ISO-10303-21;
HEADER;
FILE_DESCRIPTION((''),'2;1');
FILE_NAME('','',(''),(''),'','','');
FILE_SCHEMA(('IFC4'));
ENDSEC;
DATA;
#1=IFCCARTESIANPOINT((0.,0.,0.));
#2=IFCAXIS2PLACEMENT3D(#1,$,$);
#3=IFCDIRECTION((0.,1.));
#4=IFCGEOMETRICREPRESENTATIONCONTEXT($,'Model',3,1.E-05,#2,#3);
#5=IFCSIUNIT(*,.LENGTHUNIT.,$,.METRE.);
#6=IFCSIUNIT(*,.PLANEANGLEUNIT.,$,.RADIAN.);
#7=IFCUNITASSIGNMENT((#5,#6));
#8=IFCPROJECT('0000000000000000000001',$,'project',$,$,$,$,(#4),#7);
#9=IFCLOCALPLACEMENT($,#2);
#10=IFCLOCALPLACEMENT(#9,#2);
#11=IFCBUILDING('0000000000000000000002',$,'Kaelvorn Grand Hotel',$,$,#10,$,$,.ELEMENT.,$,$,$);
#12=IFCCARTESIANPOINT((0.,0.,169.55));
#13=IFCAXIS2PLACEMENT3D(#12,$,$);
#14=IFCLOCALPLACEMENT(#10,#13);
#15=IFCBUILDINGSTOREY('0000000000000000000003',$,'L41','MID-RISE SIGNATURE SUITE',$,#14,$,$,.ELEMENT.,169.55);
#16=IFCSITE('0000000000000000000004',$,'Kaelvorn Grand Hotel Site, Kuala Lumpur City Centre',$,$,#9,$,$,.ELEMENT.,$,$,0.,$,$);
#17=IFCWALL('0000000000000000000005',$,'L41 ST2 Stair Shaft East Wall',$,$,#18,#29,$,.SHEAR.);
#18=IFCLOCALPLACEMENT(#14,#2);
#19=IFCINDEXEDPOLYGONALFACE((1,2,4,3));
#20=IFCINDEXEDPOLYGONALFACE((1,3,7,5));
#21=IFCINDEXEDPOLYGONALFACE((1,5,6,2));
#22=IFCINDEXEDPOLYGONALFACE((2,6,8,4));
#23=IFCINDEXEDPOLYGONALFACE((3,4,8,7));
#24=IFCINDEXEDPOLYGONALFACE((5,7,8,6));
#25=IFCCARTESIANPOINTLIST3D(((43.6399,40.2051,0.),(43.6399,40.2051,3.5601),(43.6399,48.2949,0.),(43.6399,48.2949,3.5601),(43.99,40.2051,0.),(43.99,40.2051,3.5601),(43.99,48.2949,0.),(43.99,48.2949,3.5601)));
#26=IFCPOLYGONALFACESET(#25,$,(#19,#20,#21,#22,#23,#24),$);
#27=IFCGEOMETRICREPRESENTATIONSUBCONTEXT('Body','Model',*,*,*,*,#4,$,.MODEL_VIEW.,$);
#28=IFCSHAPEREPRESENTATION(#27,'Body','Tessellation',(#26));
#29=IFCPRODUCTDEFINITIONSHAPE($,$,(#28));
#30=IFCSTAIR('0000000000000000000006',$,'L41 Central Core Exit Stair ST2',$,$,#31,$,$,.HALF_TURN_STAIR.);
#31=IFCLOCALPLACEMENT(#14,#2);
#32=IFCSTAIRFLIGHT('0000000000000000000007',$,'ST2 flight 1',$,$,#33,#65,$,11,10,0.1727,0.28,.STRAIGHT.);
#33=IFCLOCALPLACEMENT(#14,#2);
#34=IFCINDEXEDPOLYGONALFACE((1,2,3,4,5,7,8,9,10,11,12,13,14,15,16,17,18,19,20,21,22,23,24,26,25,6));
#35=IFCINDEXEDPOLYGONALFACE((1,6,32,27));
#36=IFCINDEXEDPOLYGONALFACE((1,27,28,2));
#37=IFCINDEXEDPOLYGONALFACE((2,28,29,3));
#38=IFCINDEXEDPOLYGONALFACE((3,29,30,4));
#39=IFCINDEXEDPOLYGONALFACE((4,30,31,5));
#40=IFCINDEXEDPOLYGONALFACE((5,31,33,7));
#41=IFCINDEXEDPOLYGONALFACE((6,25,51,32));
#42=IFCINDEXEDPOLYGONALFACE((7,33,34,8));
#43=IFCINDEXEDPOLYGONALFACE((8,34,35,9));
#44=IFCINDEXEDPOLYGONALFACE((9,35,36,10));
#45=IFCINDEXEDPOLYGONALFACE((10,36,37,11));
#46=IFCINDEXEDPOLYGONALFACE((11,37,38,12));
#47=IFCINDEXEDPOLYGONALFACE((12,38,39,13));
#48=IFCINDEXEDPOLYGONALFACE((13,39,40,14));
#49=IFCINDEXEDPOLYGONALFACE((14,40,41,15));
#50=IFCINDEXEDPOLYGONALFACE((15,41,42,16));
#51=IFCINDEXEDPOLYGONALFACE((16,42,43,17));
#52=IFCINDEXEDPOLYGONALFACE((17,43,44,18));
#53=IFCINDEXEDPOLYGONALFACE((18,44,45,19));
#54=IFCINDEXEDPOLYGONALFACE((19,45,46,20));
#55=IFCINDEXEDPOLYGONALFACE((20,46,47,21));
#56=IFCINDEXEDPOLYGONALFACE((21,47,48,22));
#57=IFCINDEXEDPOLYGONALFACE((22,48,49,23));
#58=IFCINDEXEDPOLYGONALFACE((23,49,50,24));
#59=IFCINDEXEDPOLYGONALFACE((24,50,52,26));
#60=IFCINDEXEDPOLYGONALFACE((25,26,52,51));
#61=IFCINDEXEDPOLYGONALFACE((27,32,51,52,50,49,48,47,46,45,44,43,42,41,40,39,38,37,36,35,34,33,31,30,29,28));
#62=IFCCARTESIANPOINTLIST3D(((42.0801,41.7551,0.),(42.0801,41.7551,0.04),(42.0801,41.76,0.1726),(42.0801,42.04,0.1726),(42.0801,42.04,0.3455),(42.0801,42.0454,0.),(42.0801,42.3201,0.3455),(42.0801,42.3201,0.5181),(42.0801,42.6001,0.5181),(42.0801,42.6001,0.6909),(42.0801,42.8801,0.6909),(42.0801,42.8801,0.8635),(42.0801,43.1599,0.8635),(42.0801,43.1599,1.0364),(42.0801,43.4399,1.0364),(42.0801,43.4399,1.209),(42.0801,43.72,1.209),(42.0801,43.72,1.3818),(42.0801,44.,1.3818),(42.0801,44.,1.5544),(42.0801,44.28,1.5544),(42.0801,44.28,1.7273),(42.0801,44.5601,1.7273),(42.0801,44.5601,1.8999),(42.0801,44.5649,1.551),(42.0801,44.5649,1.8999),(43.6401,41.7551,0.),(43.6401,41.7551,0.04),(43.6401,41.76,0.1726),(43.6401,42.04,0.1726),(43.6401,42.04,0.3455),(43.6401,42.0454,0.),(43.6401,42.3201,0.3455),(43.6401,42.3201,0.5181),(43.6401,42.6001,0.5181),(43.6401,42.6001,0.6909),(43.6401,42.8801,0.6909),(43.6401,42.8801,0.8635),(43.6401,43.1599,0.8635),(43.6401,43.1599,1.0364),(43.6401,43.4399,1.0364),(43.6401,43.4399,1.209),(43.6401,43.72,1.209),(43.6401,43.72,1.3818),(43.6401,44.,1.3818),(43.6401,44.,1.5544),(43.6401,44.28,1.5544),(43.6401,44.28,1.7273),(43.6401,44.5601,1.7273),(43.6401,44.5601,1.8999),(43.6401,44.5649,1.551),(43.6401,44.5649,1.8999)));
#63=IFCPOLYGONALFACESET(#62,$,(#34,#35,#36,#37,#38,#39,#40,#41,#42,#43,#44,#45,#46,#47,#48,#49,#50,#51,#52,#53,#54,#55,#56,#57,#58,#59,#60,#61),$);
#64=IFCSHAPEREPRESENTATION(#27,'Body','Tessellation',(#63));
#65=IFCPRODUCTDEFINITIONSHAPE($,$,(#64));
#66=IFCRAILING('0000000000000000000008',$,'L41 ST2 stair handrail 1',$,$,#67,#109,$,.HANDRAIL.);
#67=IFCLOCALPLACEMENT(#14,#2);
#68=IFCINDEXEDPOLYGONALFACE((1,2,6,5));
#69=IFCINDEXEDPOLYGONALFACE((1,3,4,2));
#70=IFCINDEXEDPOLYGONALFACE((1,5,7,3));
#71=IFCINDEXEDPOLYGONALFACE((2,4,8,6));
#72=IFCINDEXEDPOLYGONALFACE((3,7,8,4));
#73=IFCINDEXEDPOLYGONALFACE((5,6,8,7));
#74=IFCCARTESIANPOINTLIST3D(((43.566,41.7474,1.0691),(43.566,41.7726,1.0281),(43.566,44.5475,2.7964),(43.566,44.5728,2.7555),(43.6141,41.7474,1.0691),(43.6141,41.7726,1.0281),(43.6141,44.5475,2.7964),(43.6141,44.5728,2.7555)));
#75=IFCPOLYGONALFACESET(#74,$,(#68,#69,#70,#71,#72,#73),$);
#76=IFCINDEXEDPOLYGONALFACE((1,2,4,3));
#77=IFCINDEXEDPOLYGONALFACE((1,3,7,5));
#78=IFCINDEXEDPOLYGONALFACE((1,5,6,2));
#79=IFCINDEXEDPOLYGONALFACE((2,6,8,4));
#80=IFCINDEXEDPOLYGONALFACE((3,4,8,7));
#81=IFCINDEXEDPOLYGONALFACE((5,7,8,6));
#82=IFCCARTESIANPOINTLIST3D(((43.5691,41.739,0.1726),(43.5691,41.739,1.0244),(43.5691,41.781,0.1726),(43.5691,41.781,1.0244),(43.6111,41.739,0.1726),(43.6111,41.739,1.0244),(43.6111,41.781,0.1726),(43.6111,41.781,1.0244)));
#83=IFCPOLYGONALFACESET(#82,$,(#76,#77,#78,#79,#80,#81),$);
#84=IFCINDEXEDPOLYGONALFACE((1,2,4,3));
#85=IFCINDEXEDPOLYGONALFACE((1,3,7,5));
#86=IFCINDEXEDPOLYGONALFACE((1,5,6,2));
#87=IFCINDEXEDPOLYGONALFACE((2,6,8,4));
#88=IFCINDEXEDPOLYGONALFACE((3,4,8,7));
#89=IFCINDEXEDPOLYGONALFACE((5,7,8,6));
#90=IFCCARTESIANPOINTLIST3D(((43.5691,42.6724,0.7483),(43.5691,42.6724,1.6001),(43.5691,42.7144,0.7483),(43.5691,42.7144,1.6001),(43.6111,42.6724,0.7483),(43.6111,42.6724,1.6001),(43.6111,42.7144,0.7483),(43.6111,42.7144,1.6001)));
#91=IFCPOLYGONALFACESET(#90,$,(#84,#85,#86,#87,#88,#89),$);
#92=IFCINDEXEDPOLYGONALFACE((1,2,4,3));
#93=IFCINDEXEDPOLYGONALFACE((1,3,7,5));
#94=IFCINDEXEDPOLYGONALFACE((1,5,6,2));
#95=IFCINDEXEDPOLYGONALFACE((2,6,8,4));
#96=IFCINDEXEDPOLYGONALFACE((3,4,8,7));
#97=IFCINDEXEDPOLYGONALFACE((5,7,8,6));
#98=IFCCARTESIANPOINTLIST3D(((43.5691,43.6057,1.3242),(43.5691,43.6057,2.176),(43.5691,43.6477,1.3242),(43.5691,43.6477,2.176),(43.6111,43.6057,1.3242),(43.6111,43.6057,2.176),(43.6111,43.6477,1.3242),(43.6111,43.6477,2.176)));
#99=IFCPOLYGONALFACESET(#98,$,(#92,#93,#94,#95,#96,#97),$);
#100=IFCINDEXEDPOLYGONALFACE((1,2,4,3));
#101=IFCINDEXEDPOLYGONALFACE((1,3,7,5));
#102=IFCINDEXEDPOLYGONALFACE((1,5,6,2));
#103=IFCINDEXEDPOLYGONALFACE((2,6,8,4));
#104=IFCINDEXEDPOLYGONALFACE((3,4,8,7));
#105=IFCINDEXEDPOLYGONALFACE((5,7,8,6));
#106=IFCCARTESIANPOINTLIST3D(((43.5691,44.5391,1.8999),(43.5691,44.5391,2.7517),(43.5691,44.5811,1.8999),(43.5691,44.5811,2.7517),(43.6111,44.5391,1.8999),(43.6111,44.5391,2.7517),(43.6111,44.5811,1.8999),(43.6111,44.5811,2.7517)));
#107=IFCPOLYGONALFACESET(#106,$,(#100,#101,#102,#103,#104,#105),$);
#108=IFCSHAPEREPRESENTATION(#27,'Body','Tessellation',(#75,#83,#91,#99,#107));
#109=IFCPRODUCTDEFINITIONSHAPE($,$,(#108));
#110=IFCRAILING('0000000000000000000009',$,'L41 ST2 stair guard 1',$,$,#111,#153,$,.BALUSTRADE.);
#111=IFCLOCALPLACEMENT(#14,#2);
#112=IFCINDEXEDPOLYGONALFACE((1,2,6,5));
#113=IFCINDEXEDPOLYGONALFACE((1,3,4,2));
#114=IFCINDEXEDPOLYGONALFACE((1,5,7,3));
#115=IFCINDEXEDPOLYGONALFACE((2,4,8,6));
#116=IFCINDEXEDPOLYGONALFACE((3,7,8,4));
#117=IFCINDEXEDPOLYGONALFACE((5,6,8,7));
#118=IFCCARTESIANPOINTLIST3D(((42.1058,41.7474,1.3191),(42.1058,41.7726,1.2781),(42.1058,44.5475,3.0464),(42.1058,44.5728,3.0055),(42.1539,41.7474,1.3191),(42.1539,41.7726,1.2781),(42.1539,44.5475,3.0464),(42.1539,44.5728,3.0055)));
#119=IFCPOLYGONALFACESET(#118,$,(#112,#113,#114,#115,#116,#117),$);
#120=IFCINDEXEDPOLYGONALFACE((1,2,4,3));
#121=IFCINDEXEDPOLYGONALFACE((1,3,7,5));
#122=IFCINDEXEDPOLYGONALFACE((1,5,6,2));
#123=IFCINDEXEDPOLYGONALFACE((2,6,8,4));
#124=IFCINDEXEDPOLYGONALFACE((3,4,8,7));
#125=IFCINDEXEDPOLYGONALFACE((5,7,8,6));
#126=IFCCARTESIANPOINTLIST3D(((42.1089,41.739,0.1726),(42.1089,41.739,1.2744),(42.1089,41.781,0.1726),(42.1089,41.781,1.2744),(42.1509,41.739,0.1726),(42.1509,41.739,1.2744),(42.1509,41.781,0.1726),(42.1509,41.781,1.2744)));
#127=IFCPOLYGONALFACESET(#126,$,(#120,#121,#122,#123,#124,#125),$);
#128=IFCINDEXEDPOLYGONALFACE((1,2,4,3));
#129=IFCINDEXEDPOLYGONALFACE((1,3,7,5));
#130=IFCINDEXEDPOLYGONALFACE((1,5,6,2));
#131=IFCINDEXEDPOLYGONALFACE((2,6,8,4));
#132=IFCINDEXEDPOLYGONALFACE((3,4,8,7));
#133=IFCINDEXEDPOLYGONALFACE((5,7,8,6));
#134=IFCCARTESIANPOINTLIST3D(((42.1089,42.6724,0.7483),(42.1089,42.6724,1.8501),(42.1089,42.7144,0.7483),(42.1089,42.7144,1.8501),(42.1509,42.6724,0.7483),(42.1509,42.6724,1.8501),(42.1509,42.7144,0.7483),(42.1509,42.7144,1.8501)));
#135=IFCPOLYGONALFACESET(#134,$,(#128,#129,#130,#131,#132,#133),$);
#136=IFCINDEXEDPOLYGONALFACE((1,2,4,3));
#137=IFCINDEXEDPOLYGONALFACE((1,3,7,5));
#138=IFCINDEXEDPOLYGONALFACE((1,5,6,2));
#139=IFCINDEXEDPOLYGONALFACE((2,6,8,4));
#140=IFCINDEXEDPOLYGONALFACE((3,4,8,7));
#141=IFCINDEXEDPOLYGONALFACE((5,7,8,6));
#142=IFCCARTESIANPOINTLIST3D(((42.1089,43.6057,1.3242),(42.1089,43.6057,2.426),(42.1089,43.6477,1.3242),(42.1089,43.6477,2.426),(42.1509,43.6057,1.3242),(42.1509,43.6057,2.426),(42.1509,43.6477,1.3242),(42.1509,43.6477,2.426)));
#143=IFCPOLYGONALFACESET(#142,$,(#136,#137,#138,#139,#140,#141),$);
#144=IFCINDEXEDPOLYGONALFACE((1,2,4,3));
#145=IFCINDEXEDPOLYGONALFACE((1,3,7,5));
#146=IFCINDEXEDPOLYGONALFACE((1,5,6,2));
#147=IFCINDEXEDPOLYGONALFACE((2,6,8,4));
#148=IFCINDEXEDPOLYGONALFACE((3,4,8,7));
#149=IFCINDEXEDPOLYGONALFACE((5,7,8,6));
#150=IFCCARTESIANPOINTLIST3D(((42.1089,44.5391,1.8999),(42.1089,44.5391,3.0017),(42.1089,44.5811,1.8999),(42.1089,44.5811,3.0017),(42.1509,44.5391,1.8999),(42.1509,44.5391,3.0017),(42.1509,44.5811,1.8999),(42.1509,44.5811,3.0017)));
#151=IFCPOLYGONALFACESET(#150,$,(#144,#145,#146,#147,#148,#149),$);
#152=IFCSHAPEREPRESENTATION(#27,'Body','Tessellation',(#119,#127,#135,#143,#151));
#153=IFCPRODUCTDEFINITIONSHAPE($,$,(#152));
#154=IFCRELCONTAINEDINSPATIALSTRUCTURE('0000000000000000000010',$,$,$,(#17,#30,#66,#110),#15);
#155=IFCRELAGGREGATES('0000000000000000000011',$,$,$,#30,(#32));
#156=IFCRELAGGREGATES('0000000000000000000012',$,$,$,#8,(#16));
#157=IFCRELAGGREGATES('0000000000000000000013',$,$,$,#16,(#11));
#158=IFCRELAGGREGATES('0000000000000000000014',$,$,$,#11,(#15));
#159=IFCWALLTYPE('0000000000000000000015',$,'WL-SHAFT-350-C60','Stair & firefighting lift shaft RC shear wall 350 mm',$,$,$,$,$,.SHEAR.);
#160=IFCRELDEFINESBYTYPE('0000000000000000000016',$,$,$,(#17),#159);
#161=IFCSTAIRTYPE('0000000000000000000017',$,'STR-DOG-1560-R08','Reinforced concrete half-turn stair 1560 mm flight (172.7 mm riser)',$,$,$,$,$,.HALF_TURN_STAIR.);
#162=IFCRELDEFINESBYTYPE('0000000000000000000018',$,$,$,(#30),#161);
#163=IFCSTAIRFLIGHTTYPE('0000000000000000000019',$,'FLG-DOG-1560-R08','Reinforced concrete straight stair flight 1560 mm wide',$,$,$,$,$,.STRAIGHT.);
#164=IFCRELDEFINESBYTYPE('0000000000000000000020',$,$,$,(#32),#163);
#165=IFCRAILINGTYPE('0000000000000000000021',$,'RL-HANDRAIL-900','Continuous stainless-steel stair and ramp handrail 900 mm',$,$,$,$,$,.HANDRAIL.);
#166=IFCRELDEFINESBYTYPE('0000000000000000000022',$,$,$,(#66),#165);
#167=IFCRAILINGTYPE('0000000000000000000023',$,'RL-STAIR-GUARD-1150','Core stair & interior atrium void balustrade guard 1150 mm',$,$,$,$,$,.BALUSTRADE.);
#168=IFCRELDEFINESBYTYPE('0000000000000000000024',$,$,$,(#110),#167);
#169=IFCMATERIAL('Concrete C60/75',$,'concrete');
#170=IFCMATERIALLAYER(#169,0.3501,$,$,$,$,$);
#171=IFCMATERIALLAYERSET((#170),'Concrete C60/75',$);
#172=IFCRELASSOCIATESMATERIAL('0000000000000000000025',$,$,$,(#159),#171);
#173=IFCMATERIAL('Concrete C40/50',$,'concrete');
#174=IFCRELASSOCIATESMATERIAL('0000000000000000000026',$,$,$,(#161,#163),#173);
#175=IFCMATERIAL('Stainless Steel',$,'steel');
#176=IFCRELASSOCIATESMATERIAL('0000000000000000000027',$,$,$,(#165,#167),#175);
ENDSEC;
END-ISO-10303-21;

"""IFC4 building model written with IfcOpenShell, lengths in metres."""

from ifc_helpers import new_model, si_unit, direction, frame, frame_2d, origin, origin_2d, place, context, subcontext, project, spatial, polyline, rectangle, outline, extrude, material, layer, layer_set, type_object, element, aggregate, save


model = new_model("IFC4")

# Units and contexts
model_context = context("Model", 3, precision=1e-05, world=origin(), true_north=direction((0.0, 1.0)))
body_context = subcontext(model_context, "Body", "Model", "MODEL_VIEW")
ifc_project = project(units=[si_unit("LENGTHUNIT", "METRE"), si_unit("PLANEANGLEUNIT", "RADIAN")], contexts=[model_context])

# Site, building, storey
site_placement = place(None, origin())
site = spatial("IfcSite", under=ifc_project, at=site_placement, Name="Kaelvorn Grand Hotel Site, Kuala Lumpur City Centre", CompositionType="ELEMENT", RefElevation=0.0)
building_placement = place(site_placement, origin())
building = spatial("IfcBuilding", under=site, at=building_placement, Name="Kaelvorn Grand Hotel", CompositionType="ELEMENT")
storey_placement = place(building_placement, frame((0.0, 0.0, 169.55)))
storey = spatial("IfcBuildingStorey", under=building, at=storey_placement, Name="L41", Description="MID-RISE SIGNATURE SUITE", CompositionType="ELEMENT", Elevation=169.55)

# Shared definitions
ifc_material_1 = material(Name="Concrete C60/75", Category="concrete")

# Shared definitions
ifc_material_2 = material(Name="Concrete C40/50", Category="concrete")

# Shared definitions
ifc_material_3 = material(Name="Stainless Steel", Category="steel")

# Wall
ifc_layer_1 = layer(ifc_material_1, 0.3501)
ifc_layer_set_1 = layer_set([ifc_layer_1], Name="Concrete C60/75")
wall_type_1 = type_object("IfcWallType", Name="WL-SHAFT-350-C60", Description="Stair & firefighting lift shaft RC shear wall 350 mm", PredefinedType="SHEAR", material=ifc_layer_set_1)
wall_1_placement = place(storey_placement, frame((43.8149, 40.2051, 0.0), z_axis=(0.0, 0.0, 1.0), x_axis=(0.0, 1.0, 0.0)))
element("IfcWall", 1, at=wall_1_placement, inside=storey, type_object=wall_type_1, Name="L41 ST2 Stair Shaft East Wall", PredefinedType="SHEAR", context=body_context, shape_type="SweptSolid", body=[
    extrude(rectangle(XDim=8.0898, YDim=0.3501, at=frame_2d((4.0449, 0.0))), origin(), (0.0, 0.0, 1.0), 3.5601),
])

# Stair, stair flight
stair_type = type_object("IfcStairType", Name="STR-DOG-1560-R08", Description="Reinforced concrete half-turn stair 1560 mm flight (172.7 mm riser)", PredefinedType="HALF_TURN_STAIR", material=ifc_material_2)
stair_placement = place(storey_placement, origin())
stair = element("IfcStair", 2, at=stair_placement, inside=storey, type_object=stair_type, Name="L41 Central Core Exit Stair ST2", PredefinedType="HALF_TURN_STAIR")
stair_flight_type = type_object("IfcStairFlightType", Name="FLG-DOG-1560-R08", Description="Reinforced concrete straight stair flight 1560 mm wide", PredefinedType="STRAIGHT", material=ifc_material_2)
stair_flight_placement = place(storey_placement, frame((42.8601, 41.76, 0.0), z_axis=(0.0, 0.0, 1.0), x_axis=(0.0, 1.0, 0.0)))
stair_flight = element("IfcStairFlight", 3, at=stair_flight_placement, type_object=stair_flight_type, Name="ST2 flight 1", NumberOfRisers=11, NumberOfTreads=10, PredefinedType="STRAIGHT", RiserHeight=0.1727, TreadLength=0.28, context=body_context, shape_type="SweptSolid", body=[
    extrude(outline(polyline([(-0.0049, 0.0), (-0.0049, 0.04), (0.0, 0.1726), (0.28, 0.1726), (0.28, 0.3455), (0.5601, 0.3455), (0.5601, 0.5181), (0.8401, 0.5181), (0.8401, 0.6909), (1.1201, 0.6909), (1.1201, 0.8635), (1.3999, 0.8635), (1.3999, 1.0364), (1.6799, 1.0364), (1.6799, 1.209), (1.96, 1.209), (1.96, 1.3818), (2.24, 1.3818), (2.24, 1.5544), (2.52, 1.5544), (2.52, 1.7273), (2.8, 1.7273), (2.8, 1.8999), (2.8049, 1.8999), (2.8049, 1.551), (0.2854, 0.0), (-0.0049, 0.0)])), frame((0.0, 0.78, 0.0), z_axis=(0.0, -1.0, 0.0), x_axis=(1.0, 0.0, 0.0)), (0.0, 0.0, 1.0), 1.5601),
])
aggregate(stair, [stair_flight])

# Railings
railing_type_1 = type_object("IfcRailingType", Name="RL-HANDRAIL-900", Description="Continuous stainless-steel stair and ramp handrail 900 mm", PredefinedType="HANDRAIL", material=ifc_material_3)
railing_1_placement = place(storey_placement, frame((43.5901, 41.76, 0.1726)))
element("IfcRailing", 4, at=railing_1_placement, inside=storey, type_object=railing_type_1, Name="L41 ST2 stair handrail 1", PredefinedType="HANDRAIL", context=body_context, shape_type="SweptSolid", body=[
    extrude(rectangle(XDim=0.0481, YDim=0.0481, at=origin_2d()), frame((0.0, 0.0, 0.876), z_axis=(0.0, 0.85109, 0.52502), x_axis=(-1.0, 0.0, 0.0)), (0.0, 0.0, 1.0), 3.29),
    extrude(rectangle(XDim=0.042, YDim=0.042, at=origin_2d()), origin(), (0.0, 0.0, 1.0), 0.8518),
    extrude(rectangle(XDim=0.042, YDim=0.042, at=origin_2d()), frame((0.0, 0.9333, 0.5757)), (0.0, 0.0, 1.0), 0.8518),
    extrude(rectangle(XDim=0.042, YDim=0.042, at=origin_2d()), frame((0.0, 1.8667, 1.1516)), (0.0, 0.0, 1.0), 0.8518),
    extrude(rectangle(XDim=0.042, YDim=0.042, at=origin_2d()), frame((0.0, 2.8, 1.7273)), (0.0, 0.0, 1.0), 0.8518),
])
railing_type_2 = type_object("IfcRailingType", Name="RL-STAIR-GUARD-1150", Description="Core stair & interior atrium void balustrade guard 1150 mm", PredefinedType="BALUSTRADE", material=ifc_material_3)
railing_2_placement = place(storey_placement, frame((42.1299, 41.76, 0.1726)))
element("IfcRailing", 5, at=railing_2_placement, inside=storey, type_object=railing_type_2, Name="L41 ST2 stair guard 1", PredefinedType="BALUSTRADE", context=body_context, shape_type="SweptSolid", body=[
    extrude(rectangle(XDim=0.0481, YDim=0.0481, at=origin_2d()), frame((0.0, 0.0, 1.126), z_axis=(0.0, 0.85109, 0.52502), x_axis=(-1.0, 0.0, 0.0)), (0.0, 0.0, 1.0), 3.29),
    extrude(rectangle(XDim=0.042, YDim=0.042, at=origin_2d()), origin(), (0.0, 0.0, 1.0), 1.1018),
    extrude(rectangle(XDim=0.042, YDim=0.042, at=origin_2d()), frame((0.0, 0.9333, 0.5757)), (0.0, 0.0, 1.0), 1.1018),
    extrude(rectangle(XDim=0.042, YDim=0.042, at=origin_2d()), frame((0.0, 1.8667, 1.1516)), (0.0, 0.0, 1.0), 1.1018),
    extrude(rectangle(XDim=0.042, YDim=0.042, at=origin_2d()), frame((0.0, 2.8, 1.7273)), (0.0, 0.0, 1.0), 1.1018),
])

save(model, "model.ifc")
